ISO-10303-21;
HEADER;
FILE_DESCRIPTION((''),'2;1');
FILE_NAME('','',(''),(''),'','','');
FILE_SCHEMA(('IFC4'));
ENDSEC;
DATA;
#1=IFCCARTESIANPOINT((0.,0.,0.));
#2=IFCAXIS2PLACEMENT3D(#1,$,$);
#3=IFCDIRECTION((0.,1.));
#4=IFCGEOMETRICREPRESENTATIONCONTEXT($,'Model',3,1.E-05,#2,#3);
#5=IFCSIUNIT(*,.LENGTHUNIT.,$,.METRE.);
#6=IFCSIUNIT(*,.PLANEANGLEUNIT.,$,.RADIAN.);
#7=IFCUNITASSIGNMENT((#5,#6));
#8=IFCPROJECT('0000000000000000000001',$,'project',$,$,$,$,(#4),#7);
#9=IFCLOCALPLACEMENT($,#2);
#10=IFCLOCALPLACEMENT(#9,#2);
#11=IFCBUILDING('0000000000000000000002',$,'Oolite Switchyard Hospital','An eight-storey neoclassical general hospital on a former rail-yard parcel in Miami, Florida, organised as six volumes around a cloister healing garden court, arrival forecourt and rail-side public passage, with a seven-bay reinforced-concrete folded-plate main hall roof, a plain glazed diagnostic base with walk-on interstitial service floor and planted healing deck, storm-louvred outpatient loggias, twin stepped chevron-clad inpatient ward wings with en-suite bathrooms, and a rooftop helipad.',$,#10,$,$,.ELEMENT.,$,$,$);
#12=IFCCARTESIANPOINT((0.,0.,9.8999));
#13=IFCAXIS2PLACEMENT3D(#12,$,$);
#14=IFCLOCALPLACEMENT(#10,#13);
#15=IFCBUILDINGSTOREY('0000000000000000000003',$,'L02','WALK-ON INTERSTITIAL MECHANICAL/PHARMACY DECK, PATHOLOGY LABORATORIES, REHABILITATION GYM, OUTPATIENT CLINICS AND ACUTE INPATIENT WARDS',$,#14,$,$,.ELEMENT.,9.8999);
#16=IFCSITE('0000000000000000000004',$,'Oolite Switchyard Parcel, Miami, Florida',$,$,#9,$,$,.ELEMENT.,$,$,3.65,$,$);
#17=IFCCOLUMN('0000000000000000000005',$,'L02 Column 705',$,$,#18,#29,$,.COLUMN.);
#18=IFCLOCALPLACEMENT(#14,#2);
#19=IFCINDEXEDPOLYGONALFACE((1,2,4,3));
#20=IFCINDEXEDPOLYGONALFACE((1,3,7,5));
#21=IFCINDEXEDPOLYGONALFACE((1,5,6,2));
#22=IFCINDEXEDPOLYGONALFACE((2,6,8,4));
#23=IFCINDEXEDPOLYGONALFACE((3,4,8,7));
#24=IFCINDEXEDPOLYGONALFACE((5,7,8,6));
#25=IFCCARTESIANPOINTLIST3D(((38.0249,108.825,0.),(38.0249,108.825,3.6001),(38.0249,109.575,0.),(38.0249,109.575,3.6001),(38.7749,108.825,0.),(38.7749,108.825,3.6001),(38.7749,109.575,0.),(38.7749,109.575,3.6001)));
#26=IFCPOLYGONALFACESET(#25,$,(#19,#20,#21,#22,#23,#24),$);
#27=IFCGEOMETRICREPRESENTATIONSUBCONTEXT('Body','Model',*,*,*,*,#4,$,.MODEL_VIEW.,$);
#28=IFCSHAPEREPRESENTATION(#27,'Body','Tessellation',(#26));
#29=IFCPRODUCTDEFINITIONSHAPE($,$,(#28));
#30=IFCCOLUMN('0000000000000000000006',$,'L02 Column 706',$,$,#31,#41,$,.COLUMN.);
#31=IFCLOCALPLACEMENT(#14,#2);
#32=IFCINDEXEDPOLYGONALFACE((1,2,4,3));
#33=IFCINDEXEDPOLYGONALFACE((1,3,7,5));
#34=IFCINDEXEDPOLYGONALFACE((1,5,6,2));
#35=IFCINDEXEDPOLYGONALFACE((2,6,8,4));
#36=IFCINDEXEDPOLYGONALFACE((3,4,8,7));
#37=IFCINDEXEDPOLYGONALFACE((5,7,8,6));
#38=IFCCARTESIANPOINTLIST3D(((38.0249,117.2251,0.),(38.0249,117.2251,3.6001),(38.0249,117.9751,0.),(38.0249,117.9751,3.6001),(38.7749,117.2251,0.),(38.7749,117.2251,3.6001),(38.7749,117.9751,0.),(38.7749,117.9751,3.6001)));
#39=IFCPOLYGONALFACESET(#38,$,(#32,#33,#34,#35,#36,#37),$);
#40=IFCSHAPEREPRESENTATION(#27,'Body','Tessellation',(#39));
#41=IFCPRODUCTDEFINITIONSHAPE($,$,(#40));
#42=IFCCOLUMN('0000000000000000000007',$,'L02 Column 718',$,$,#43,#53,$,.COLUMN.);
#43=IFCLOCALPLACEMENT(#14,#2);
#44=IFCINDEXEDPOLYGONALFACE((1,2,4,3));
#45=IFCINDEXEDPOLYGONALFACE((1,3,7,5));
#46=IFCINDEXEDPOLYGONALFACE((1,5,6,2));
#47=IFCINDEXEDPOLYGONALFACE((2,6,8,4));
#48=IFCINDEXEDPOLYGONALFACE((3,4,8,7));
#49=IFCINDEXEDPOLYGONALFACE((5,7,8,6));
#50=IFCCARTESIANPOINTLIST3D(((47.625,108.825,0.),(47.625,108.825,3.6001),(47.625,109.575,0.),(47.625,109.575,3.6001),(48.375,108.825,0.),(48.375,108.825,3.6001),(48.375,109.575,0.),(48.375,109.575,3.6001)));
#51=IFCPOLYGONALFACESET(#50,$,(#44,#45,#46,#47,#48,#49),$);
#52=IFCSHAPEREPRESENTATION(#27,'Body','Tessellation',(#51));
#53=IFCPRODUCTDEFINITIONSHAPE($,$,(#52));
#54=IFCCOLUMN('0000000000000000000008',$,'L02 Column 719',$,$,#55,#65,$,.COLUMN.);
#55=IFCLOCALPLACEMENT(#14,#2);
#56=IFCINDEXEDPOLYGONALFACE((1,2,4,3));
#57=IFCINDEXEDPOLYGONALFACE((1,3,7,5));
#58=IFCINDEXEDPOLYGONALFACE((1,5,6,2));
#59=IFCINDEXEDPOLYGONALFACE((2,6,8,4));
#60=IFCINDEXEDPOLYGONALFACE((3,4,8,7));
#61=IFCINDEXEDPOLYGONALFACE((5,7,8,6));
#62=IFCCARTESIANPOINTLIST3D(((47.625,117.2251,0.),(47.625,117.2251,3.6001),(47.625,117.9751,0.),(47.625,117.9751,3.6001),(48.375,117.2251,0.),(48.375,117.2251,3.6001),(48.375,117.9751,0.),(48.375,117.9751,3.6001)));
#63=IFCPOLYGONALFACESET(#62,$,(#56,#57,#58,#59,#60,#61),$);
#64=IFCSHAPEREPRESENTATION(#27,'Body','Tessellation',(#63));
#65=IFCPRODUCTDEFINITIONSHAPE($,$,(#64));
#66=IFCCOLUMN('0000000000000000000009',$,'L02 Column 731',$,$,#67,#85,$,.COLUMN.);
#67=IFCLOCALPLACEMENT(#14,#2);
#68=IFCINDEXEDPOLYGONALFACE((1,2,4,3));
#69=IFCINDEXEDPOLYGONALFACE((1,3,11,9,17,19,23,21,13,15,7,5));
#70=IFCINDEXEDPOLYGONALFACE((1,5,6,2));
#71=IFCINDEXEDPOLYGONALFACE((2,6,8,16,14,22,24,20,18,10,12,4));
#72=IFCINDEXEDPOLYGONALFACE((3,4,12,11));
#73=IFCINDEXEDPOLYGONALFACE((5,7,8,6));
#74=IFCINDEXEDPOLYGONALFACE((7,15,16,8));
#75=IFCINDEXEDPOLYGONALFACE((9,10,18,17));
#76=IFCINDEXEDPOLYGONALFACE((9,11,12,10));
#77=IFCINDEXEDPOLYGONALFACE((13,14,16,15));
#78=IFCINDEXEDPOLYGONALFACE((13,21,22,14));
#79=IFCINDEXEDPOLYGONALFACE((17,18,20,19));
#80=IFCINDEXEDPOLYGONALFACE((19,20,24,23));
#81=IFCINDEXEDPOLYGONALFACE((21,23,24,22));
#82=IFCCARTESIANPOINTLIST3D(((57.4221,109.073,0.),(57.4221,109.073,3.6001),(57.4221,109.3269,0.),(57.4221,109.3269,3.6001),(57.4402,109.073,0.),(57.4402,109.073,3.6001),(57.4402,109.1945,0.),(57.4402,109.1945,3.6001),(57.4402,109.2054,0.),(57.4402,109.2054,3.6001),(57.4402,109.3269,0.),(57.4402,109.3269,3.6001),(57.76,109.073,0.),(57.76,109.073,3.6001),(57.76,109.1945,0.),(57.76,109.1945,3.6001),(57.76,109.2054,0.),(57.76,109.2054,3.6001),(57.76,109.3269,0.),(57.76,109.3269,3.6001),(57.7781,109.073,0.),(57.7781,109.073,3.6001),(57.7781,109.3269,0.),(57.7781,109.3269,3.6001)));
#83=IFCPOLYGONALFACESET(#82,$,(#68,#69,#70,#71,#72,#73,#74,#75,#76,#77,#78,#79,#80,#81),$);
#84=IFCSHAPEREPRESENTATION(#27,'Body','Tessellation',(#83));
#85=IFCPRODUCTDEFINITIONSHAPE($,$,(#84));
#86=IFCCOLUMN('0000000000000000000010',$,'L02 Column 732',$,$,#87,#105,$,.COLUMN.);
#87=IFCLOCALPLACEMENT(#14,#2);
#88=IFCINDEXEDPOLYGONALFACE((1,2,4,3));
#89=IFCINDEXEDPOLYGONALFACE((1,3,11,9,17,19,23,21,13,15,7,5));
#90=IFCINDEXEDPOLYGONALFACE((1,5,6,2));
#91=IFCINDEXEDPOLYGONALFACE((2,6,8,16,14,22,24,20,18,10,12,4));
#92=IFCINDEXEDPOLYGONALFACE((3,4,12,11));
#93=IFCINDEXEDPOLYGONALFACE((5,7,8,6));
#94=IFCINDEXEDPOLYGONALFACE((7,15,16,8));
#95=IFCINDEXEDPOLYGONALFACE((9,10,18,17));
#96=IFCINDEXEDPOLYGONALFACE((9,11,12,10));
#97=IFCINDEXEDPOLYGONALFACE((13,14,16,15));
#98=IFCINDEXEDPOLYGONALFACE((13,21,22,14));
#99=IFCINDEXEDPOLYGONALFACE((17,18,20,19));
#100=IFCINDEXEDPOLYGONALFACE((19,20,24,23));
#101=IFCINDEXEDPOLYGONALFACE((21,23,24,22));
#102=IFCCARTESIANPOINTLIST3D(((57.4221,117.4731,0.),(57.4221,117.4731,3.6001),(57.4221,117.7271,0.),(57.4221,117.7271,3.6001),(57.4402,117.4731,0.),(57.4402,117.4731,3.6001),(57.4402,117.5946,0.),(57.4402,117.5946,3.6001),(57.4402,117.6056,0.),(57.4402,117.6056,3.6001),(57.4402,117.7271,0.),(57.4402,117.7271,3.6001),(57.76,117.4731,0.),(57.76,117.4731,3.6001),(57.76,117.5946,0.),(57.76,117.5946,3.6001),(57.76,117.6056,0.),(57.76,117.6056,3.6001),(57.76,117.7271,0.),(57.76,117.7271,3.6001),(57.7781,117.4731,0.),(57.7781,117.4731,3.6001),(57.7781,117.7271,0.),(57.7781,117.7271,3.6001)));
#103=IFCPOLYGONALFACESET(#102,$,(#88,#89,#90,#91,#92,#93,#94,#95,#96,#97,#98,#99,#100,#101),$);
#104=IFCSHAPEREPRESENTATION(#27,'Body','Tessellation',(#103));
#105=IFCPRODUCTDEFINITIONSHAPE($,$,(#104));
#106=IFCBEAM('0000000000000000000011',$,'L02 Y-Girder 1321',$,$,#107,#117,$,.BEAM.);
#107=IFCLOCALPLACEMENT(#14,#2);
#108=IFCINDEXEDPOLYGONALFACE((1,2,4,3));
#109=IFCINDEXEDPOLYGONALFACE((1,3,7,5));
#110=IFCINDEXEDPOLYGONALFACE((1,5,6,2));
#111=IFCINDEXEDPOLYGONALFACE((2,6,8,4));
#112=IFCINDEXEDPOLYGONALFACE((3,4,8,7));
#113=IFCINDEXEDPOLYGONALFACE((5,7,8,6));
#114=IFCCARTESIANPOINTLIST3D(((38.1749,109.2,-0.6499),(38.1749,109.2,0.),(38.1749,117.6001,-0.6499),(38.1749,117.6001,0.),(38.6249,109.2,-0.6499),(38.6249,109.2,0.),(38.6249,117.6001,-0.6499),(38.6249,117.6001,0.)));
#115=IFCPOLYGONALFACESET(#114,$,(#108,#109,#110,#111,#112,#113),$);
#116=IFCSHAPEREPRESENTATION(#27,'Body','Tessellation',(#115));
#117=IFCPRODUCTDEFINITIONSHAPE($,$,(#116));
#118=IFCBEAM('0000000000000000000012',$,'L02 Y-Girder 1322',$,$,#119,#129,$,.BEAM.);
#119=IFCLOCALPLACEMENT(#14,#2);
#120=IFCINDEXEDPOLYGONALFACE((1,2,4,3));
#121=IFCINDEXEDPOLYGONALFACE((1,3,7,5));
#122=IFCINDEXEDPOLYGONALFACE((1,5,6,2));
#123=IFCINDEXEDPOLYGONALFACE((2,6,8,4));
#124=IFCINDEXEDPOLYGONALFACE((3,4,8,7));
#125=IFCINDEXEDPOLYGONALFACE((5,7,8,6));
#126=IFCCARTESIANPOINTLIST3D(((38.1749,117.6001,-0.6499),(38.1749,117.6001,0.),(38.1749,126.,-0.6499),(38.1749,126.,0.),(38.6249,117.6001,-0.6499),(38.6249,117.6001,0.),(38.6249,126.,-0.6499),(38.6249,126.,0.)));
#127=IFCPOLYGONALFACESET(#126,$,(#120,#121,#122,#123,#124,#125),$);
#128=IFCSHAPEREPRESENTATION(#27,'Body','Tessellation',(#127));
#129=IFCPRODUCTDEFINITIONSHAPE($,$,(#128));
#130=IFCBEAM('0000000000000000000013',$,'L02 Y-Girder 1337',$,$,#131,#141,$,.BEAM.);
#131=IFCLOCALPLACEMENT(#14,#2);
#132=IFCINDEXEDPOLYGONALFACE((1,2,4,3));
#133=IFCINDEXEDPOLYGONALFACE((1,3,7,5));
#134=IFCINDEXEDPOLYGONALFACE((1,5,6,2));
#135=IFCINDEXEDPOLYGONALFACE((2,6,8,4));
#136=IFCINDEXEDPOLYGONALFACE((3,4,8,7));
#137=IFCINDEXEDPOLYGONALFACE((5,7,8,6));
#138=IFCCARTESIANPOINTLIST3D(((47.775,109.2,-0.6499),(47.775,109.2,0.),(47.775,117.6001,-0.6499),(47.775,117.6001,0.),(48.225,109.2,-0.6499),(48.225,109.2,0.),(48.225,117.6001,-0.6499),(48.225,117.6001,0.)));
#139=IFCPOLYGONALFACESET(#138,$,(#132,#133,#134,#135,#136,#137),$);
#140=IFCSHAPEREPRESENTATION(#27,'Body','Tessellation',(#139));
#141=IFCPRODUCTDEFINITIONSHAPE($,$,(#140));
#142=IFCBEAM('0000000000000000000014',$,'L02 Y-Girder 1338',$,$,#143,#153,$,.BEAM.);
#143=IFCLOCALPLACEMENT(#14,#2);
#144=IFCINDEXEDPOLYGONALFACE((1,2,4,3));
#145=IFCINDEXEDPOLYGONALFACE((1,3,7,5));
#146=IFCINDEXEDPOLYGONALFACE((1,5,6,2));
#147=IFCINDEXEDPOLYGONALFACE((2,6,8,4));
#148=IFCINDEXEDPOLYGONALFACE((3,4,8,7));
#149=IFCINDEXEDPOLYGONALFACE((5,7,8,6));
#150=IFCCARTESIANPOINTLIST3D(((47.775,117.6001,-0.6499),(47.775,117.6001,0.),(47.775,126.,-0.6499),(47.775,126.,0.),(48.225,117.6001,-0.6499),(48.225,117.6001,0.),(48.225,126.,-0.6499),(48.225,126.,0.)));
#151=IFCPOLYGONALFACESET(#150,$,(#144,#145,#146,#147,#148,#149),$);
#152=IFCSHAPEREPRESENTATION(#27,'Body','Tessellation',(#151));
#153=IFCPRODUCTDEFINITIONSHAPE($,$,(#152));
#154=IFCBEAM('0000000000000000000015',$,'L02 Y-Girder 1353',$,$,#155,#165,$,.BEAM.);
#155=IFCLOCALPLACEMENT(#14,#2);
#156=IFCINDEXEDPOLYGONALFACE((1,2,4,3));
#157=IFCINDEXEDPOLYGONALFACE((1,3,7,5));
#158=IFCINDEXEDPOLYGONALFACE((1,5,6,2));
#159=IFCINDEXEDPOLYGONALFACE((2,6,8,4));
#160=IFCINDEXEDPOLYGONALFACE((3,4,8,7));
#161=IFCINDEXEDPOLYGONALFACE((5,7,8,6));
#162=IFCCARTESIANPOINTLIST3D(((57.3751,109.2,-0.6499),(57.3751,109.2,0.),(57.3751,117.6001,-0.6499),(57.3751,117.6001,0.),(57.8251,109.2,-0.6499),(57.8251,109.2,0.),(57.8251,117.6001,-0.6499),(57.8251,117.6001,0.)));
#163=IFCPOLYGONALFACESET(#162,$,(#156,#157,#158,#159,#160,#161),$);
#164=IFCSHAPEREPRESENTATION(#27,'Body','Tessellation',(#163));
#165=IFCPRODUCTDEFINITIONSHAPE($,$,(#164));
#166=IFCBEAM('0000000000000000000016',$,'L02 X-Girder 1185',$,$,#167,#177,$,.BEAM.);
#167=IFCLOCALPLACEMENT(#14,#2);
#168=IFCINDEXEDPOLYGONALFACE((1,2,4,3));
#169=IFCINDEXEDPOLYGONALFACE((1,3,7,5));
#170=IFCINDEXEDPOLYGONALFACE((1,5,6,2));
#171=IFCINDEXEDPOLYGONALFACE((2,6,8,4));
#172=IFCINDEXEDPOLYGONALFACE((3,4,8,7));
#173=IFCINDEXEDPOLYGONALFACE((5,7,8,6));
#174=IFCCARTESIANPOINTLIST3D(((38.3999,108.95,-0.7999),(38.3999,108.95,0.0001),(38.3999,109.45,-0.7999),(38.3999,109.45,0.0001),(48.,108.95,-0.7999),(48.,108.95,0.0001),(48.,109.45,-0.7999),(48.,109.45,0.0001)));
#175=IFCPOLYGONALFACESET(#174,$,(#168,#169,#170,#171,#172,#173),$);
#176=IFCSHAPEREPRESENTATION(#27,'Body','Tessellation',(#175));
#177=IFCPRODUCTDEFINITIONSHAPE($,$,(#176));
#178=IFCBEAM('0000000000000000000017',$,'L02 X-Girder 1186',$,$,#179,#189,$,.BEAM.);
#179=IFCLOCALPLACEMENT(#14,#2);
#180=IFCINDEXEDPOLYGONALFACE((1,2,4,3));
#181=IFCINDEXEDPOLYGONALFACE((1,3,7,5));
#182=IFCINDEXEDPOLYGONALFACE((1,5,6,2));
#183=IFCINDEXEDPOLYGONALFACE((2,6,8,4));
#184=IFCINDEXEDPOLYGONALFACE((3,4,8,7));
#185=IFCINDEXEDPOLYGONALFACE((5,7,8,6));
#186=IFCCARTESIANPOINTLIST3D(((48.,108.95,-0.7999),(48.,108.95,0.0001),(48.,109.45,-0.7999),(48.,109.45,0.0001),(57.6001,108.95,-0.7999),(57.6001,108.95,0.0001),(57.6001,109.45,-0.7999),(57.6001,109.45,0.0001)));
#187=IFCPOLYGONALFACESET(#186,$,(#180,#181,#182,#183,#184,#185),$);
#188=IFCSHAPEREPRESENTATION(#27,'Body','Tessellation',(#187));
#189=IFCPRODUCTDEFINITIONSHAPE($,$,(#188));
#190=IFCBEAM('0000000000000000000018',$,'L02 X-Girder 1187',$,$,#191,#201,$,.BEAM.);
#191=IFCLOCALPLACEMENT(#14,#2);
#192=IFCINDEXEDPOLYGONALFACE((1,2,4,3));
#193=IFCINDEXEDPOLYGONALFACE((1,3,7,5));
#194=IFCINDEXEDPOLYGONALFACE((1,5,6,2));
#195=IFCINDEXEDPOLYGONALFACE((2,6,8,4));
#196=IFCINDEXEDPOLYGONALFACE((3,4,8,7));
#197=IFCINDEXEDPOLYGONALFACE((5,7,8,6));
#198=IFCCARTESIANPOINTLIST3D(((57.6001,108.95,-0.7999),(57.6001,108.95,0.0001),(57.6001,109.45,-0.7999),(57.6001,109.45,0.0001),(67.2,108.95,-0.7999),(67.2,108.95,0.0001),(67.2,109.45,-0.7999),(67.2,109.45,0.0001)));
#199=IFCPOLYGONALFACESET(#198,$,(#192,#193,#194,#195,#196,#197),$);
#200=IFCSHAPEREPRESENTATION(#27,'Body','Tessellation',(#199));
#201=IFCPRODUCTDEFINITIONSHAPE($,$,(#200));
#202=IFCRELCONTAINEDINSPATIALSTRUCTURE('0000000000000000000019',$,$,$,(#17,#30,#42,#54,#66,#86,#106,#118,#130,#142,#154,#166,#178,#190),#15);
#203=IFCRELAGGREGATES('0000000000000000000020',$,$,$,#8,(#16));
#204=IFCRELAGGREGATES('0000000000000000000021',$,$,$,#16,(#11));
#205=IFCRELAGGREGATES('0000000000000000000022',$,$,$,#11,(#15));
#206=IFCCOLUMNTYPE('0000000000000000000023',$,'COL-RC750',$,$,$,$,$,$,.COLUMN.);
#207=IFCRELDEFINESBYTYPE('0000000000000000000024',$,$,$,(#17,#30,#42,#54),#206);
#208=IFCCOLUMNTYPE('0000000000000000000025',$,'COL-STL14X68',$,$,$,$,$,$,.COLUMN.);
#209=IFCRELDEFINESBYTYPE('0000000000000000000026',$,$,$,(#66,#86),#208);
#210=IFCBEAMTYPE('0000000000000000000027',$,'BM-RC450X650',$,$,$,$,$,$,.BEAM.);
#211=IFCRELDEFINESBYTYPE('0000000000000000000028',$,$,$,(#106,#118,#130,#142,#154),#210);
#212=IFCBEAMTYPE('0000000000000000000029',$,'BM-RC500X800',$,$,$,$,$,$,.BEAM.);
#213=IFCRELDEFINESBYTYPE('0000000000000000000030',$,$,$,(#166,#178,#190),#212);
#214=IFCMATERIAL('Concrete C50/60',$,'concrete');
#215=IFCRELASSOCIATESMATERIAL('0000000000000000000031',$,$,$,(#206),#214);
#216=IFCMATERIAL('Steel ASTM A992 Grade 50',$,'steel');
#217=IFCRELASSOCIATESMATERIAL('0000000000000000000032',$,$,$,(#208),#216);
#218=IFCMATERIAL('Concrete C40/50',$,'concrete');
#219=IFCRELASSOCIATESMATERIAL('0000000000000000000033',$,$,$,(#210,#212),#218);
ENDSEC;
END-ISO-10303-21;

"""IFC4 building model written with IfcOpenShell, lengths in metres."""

from ifc_helpers import new_model, si_unit, direction, frame, origin, origin_2d, place, context, subcontext, project, spatial, rectangle, i_section, extrude, material, material_profile, profile_set, type_object, element, save


model = new_model("IFC4")

# Units and contexts
model_context = context("Model", 3, precision=1e-05, world=origin(), true_north=direction((0.0, 1.0)))
body_context = subcontext(model_context, "Body", "Model", "MODEL_VIEW")
ifc_project = project(units=[si_unit("LENGTHUNIT", "METRE"), si_unit("PLANEANGLEUNIT", "RADIAN")], contexts=[model_context])

# Site, building, storey
site_placement = place(None, origin())
site = spatial("IfcSite", under=ifc_project, at=site_placement, Name="Oolite Switchyard Parcel, Miami, Florida", CompositionType="ELEMENT", RefElevation=3.65)
building_placement = place(site_placement, origin())
building = spatial("IfcBuilding", under=site, at=building_placement, Name="Oolite Switchyard Hospital", Description="An eight-storey neoclassical general hospital on a former rail-yard parcel in Miami, Florida, organised as six volumes around a cloister healing garden court, arrival forecourt and rail-side public passage, with a seven-bay reinforced-concrete folded-plate main hall roof, a plain glazed diagnostic base with walk-on interstitial service floor and planted healing deck, storm-louvred outpatient loggias, twin stepped chevron-clad inpatient ward wings with en-suite bathrooms, and a rooftop helipad.", CompositionType="ELEMENT")
storey_placement = place(building_placement, frame((0.0, 0.0, 9.8999)))
storey = spatial("IfcBuildingStorey", under=building, at=storey_placement, Name="L02", Description="WALK-ON INTERSTITIAL MECHANICAL/PHARMACY DECK, PATHOLOGY LABORATORIES, REHABILITATION GYM, OUTPATIENT CLINICS AND ACUTE INPATIENT WARDS", CompositionType="ELEMENT", Elevation=9.8999)

# Columns
ifc_material_1 = material(Name="Concrete C50/60", Category="concrete")
ifc_material_profile_1 = material_profile(ifc_material_1, rectangle(XDim=0.75, YDim=0.75, at=origin_2d()), Name="RC750X750")
ifc_profile_set_1 = profile_set([ifc_material_profile_1], Name="Concrete C50/60")
column_type_1 = type_object("IfcColumnType", Name="COL-RC750", PredefinedType="COLUMN", material=ifc_profile_set_1)
for number, where, z_axis, x_axis, name in (
    (1, (38.3999, 109.2, 0.0), (0.0, 0.0, 1.0), (1.0, 0.0, 0.0), "L02 Column 705"),
    (2, (38.3999, 117.6001, 0.0), (0.0, 0.0, 1.0), (1.0, 0.0, 0.0), "L02 Column 706"),
    (3, (48.0, 109.2, 0.0), (0.0, 0.0, 1.0), (1.0, 0.0, 0.0), "L02 Column 718"),
    (4, (48.0, 117.6001, 0.0), (0.0, 0.0, 1.0), (1.0, 0.0, 0.0), "L02 Column 719"),
):
    element("IfcColumn", number, at=place(storey_placement, frame(where, z_axis=z_axis, x_axis=x_axis)), inside=storey, type_object=column_type_1, Name=name, PredefinedType="COLUMN", context=body_context, shape_type="SweptSolid", body=[
        extrude(rectangle(XDim=0.75, YDim=0.75, at=origin_2d()), origin(), (0.0, 0.0, 1.0), 3.6001),
    ])
ifc_material_2 = material(Name="Steel ASTM A992 Grade 50", Category="steel")
ifc_material_profile_2 = material_profile(ifc_material_2, i_section(OverallWidth=0.2539, OverallDepth=0.356, WebThickness=0.011, FlangeThickness=0.0181, at=origin_2d()), Name="W14X68")
ifc_profile_set_2 = profile_set([ifc_material_profile_2], Name="Steel ASTM A992 Grade 50")
column_type_2 = type_object("IfcColumnType", Name="COL-STL14X68", PredefinedType="COLUMN", material=ifc_profile_set_2)
for number, where, z_axis, x_axis, name in (
    (5, (57.6001, 109.2, 0.0), (0.0, 0.0, 1.0), (0.0, -1.0, 0.0), "L02 Column 731"),
    (6, (57.6001, 117.6001, 0.0), (0.0, 0.0, 1.0), (0.0, -1.0, 0.0), "L02 Column 732"),
):
    element("IfcColumn", number, at=place(storey_placement, frame(where, z_axis=z_axis, x_axis=x_axis)), inside=storey, type_object=column_type_2, Name=name, PredefinedType="COLUMN", context=body_context, shape_type="SweptSolid", body=[
        extrude(i_section(OverallWidth=0.2539, OverallDepth=0.356, WebThickness=0.011, FlangeThickness=0.0181, at=origin_2d()), origin(), (0.0, 0.0, 1.0), 3.6001),
    ])

# Beams
ifc_material_3 = material(Name="Concrete C40/50", Category="concrete")
ifc_material_profile_3 = material_profile(ifc_material_3, rectangle(XDim=0.45, YDim=0.6499, at=origin_2d()), Name="RCB450X650")
ifc_profile_set_3 = profile_set([ifc_material_profile_3], Name="Concrete C40/50")
beam_type_1 = type_object("IfcBeamType", Name="BM-RC450X650", PredefinedType="BEAM", material=ifc_profile_set_3)
beam_1_placement = place(storey_placement, frame((38.3999, 109.2, -0.325), z_axis=(0.0, 1.0, 0.0), x_axis=(-1.0, 0.0, 0.0)))
element("IfcBeam", 7, at=beam_1_placement, inside=storey, type_object=beam_type_1, Name="L02 Y-Girder 1321", PredefinedType="BEAM", context=body_context, shape_type="SweptSolid", body=[
    extrude(rectangle(XDim=0.45, YDim=0.6499, at=origin_2d()), origin(), (0.0, 0.0, 1.0), 8.4001),
])
beam_2_placement = place(storey_placement, frame((38.3999, 117.6001, -0.325), z_axis=(0.0, 1.0, 0.0), x_axis=(-1.0, 0.0, 0.0)))
element("IfcBeam", 8, at=beam_2_placement, inside=storey, type_object=beam_type_1, Name="L02 Y-Girder 1322", PredefinedType="BEAM", context=body_context, shape_type="SweptSolid", body=[
    extrude(rectangle(XDim=0.45, YDim=0.6499, at=origin_2d()), origin(), (0.0, 0.0, 1.0), 8.3999),
])
beam_3_placement = place(storey_placement, frame((48.0, 109.2, -0.325), z_axis=(0.0, 1.0, 0.0), x_axis=(-1.0, 0.0, 0.0)))
element("IfcBeam", 9, at=beam_3_placement, inside=storey, type_object=beam_type_1, Name="L02 Y-Girder 1337", PredefinedType="BEAM", context=body_context, shape_type="SweptSolid", body=[
    extrude(rectangle(XDim=0.45, YDim=0.6499, at=origin_2d()), origin(), (0.0, 0.0, 1.0), 8.4001),
])
beam_4_placement = place(storey_placement, frame((48.0, 117.6001, -0.325), z_axis=(0.0, 1.0, 0.0), x_axis=(-1.0, 0.0, 0.0)))
element("IfcBeam", 10, at=beam_4_placement, inside=storey, type_object=beam_type_1, Name="L02 Y-Girder 1338", PredefinedType="BEAM", context=body_context, shape_type="SweptSolid", body=[
    extrude(rectangle(XDim=0.45, YDim=0.6499, at=origin_2d()), origin(), (0.0, 0.0, 1.0), 8.3999),
])
beam_5_placement = place(storey_placement, frame((57.6001, 109.2, -0.325), z_axis=(0.0, 1.0, 0.0), x_axis=(-1.0, 0.0, 0.0)))
element("IfcBeam", 11, at=beam_5_placement, inside=storey, type_object=beam_type_1, Name="L02 Y-Girder 1353", PredefinedType="BEAM", context=body_context, shape_type="SweptSolid", body=[
    extrude(rectangle(XDim=0.45, YDim=0.6499, at=origin_2d()), origin(), (0.0, 0.0, 1.0), 8.4001),
])
ifc_material_profile_4 = material_profile(ifc_material_3, rectangle(XDim=0.5, YDim=0.8, at=origin_2d()), Name="RCB500X800")
ifc_profile_set_4 = profile_set([ifc_material_profile_4], Name="Concrete C40/50")
beam_type_2 = type_object("IfcBeamType", Name="BM-RC500X800", PredefinedType="BEAM", material=ifc_profile_set_4)
for number, where, z_axis, x_axis, name in (
    (12, (38.3999, 109.2, -0.3999), (1.0, 0.0, 0.0), (0.0, 1.0, 0.0), "L02 X-Girder 1185"),
    (13, (48.0, 109.2, -0.3999), (1.0, 0.0, 0.0), (0.0, 1.0, 0.0), "L02 X-Girder 1186"),
):
    element("IfcBeam", number, at=place(storey_placement, frame(where, z_axis=z_axis, x_axis=x_axis)), inside=storey, type_object=beam_type_2, Name=name, PredefinedType="BEAM", context=body_context, shape_type="SweptSolid", body=[
        extrude(rectangle(XDim=0.5, YDim=0.8, at=origin_2d()), origin(), (0.0, 0.0, 1.0), 9.6001),
    ])
beam_6_placement = place(storey_placement, frame((57.6001, 109.2, -0.3999), z_axis=(1.0, 0.0, 0.0), x_axis=(0.0, 1.0, 0.0)))
element("IfcBeam", 14, at=beam_6_placement, inside=storey, type_object=beam_type_2, Name="L02 X-Girder 1187", PredefinedType="BEAM", context=body_context, shape_type="SweptSolid", body=[
    extrude(rectangle(XDim=0.5, YDim=0.8, at=origin_2d()), origin(), (0.0, 0.0, 1.0), 9.5999),
])

save(model, "model.ifc")
